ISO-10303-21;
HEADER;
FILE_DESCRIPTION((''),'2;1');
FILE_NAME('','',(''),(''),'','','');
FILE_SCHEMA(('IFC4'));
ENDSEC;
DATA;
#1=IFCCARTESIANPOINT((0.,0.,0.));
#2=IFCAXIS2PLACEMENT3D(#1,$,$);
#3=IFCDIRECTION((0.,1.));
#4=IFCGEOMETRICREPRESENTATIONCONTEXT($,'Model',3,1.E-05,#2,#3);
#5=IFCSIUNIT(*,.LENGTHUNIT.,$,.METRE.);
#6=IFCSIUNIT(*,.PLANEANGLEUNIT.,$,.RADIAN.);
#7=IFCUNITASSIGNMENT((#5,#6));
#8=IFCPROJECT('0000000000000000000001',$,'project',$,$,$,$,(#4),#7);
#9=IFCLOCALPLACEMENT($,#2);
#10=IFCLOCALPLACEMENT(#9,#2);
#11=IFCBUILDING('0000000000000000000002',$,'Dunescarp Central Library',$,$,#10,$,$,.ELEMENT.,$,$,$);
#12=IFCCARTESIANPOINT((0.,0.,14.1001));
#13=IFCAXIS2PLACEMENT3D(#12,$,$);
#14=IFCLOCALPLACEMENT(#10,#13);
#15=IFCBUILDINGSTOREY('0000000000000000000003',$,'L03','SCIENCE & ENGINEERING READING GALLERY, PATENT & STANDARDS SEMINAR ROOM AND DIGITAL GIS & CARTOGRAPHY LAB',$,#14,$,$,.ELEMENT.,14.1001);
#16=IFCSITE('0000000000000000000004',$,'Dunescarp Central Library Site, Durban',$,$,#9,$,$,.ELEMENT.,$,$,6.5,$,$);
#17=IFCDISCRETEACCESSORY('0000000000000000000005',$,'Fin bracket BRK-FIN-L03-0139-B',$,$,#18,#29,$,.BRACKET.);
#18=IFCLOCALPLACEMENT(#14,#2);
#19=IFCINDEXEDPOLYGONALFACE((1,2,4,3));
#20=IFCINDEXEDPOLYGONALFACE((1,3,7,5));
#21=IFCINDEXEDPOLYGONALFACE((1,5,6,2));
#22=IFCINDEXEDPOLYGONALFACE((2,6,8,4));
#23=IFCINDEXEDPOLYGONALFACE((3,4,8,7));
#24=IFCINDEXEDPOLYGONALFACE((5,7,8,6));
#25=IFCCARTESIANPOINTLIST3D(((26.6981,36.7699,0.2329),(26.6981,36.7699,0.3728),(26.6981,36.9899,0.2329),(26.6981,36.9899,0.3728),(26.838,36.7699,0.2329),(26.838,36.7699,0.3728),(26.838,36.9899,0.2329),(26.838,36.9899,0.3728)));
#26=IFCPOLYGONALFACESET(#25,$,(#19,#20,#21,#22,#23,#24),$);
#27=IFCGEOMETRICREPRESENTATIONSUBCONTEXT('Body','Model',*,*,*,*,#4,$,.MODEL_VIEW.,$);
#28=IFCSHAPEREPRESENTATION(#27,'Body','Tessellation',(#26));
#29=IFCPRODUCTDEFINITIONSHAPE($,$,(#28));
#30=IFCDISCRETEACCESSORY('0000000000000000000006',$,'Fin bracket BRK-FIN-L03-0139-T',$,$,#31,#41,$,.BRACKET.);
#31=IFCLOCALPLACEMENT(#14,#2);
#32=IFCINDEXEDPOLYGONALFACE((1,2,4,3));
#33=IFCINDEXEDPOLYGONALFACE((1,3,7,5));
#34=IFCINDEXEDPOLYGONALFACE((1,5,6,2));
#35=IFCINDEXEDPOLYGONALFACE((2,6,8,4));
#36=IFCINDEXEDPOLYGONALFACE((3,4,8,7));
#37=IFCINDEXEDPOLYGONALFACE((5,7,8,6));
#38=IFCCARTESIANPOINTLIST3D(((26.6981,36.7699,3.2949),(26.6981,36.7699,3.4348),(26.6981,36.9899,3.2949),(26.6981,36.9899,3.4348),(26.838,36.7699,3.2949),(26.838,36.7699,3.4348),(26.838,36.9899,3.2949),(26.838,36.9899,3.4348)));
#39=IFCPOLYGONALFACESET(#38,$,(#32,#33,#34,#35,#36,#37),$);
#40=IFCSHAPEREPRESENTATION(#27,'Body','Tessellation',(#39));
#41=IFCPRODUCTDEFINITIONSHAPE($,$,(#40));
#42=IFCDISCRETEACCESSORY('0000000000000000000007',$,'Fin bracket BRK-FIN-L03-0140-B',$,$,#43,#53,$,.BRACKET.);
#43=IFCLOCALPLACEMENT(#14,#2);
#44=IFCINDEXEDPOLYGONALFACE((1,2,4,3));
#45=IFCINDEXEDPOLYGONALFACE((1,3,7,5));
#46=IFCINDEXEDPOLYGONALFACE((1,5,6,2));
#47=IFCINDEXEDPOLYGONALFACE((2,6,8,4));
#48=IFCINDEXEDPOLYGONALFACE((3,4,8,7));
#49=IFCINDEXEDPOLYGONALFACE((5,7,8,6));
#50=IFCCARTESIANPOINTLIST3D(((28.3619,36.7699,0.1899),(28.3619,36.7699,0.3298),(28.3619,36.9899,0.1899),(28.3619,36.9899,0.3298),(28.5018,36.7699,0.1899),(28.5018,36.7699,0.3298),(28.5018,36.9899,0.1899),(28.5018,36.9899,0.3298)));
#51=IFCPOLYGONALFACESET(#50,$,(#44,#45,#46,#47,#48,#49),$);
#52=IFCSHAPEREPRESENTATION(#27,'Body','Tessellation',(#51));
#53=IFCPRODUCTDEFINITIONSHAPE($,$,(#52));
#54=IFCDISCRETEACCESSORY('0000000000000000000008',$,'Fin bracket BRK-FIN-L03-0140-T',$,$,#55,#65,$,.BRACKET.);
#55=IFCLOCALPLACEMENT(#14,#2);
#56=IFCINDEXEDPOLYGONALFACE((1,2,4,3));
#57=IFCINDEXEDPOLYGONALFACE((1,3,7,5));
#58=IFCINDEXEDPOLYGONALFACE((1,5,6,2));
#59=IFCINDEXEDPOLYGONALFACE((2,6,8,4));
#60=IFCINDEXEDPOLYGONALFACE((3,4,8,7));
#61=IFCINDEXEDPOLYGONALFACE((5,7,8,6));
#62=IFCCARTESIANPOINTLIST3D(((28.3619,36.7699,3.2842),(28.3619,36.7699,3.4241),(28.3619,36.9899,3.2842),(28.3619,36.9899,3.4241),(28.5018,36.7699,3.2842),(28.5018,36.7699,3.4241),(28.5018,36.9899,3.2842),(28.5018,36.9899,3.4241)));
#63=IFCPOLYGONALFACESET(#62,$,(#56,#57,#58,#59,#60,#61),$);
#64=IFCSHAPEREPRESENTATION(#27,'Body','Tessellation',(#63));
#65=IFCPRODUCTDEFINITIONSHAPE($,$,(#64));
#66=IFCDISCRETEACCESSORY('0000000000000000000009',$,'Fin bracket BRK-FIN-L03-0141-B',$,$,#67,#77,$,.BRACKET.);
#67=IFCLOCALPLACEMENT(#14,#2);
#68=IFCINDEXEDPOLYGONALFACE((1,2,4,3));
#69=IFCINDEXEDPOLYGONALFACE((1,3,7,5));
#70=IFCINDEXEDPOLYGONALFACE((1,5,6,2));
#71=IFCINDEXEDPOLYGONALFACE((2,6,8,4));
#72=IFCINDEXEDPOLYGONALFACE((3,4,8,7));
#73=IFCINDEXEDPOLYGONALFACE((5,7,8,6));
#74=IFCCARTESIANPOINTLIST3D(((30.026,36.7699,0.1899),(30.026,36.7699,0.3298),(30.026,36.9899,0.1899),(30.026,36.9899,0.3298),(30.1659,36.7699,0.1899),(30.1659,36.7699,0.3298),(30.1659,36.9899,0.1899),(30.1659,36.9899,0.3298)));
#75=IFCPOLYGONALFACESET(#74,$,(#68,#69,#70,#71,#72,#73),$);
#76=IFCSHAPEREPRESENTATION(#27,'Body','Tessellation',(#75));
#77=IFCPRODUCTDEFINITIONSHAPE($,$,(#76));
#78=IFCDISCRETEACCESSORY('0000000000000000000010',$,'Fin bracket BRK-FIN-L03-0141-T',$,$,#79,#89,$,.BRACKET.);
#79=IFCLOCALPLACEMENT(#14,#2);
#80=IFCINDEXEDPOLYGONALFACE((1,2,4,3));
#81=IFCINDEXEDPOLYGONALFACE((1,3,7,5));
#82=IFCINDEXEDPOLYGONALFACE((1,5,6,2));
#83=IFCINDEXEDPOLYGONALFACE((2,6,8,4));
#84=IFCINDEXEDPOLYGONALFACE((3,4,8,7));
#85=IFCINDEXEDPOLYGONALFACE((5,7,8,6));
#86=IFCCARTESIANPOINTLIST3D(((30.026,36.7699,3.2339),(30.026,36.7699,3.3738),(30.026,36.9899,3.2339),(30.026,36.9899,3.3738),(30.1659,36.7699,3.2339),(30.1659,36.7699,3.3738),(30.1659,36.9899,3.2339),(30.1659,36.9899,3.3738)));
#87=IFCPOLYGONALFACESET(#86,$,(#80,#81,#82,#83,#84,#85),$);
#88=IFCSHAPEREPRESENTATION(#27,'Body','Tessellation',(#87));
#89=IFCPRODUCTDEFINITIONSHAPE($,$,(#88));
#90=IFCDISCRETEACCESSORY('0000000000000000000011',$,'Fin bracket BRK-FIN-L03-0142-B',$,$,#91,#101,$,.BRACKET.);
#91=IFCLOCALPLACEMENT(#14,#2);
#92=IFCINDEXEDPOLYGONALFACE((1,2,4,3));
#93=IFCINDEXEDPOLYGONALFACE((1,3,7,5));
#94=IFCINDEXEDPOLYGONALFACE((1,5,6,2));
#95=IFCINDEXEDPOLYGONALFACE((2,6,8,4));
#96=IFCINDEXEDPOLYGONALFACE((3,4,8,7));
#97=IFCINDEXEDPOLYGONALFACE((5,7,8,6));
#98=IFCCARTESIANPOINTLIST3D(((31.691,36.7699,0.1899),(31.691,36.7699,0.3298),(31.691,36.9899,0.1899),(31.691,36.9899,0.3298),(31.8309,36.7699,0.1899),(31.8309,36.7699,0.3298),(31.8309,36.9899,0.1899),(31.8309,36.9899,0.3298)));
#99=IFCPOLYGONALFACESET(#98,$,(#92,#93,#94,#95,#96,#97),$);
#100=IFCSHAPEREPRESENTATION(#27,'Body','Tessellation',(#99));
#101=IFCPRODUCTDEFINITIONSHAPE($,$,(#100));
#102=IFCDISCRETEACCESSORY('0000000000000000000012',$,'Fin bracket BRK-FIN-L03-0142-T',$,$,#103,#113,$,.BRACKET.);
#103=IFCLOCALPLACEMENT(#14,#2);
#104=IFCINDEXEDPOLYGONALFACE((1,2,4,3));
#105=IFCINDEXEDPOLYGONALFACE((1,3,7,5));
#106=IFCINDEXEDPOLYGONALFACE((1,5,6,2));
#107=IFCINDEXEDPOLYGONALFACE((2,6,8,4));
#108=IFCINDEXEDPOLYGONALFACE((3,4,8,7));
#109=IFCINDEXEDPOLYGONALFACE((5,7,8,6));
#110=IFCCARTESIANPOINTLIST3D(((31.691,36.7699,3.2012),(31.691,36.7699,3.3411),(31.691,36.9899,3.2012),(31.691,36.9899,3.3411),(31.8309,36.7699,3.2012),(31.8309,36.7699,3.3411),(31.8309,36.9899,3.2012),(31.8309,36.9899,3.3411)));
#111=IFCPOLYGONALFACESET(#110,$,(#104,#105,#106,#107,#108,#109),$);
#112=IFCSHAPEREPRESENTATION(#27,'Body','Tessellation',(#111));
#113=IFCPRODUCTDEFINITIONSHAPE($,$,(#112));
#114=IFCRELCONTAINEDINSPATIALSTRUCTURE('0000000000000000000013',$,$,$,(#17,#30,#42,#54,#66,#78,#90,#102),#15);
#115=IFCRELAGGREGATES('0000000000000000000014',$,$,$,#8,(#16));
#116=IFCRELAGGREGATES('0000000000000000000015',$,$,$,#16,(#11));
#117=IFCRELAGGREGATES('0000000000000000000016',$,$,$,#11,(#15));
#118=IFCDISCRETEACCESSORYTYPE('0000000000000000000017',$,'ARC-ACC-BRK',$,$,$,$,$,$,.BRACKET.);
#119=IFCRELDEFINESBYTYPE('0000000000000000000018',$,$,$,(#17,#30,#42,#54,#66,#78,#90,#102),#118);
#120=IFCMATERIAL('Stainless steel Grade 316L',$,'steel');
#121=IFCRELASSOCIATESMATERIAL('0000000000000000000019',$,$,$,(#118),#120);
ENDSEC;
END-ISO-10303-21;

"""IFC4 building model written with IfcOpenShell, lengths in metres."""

from ifc_helpers import new_model, si_unit, direction, frame, origin, origin_2d, place, context, subcontext, project, spatial, rectangle, extrude, material, type_object, element, save


model = new_model("IFC4")

# Units and contexts
model_context = context("Model", 3, precision=1e-05, world=origin(), true_north=direction((0.0, 1.0)))
body_context = subcontext(model_context, "Body", "Model", "MODEL_VIEW")
ifc_project = project(units=[si_unit("LENGTHUNIT", "METRE"), si_unit("PLANEANGLEUNIT", "RADIAN")], contexts=[model_context])

# Site, building, storey
site_placement = place(None, origin())
site = spatial("IfcSite", under=ifc_project, at=site_placement, Name="Dunescarp Central Library Site, Durban", CompositionType="ELEMENT", RefElevation=6.5)
building_placement = place(site_placement, origin())
building = spatial("IfcBuilding", under=site, at=building_placement, Name="Dunescarp Central Library", CompositionType="ELEMENT")
storey_placement = place(building_placement, frame((0.0, 0.0, 14.1001)))
storey = spatial("IfcBuildingStorey", under=building, at=storey_placement, Name="L03", Description="SCIENCE & ENGINEERING READING GALLERY, PATENT & STANDARDS SEMINAR ROOM AND DIGITAL GIS & CARTOGRAPHY LAB", CompositionType="ELEMENT", Elevation=14.1001)

# Discrete accessories
ifc_material_1 = material(Name="Stainless steel Grade 316L", Category="steel")
discrete_accessory_type = type_object("IfcDiscreteAccessoryType", Name="ARC-ACC-BRK", PredefinedType="BRACKET", material=ifc_material_1)
for number, where, z_axis, x_axis, name in (
    (1, (26.7681, 36.8799, 0.2329), (0.0, 0.0, 1.0), (0.0, 1.0, 0.0), "Fin bracket BRK-FIN-L03-0139-B"),
    (2, (26.7681, 36.8799, 3.2949), (0.0, 0.0, 1.0), (0.0, 1.0, 0.0), "Fin bracket BRK-FIN-L03-0139-T"),
    (3, (28.4319, 36.8799, 0.1899), (0.0, 0.0, 1.0), (0.0, 1.0, 0.0), "Fin bracket BRK-FIN-L03-0140-B"),
    (4, (28.4319, 36.8799, 3.2842), (0.0, 0.0, 1.0), (0.0, 1.0, 0.0), "Fin bracket BRK-FIN-L03-0140-T"),
    (5, (30.0959, 36.8799, 0.1899), (0.0, 0.0, 1.0), (0.0, 1.0, 0.0), "Fin bracket BRK-FIN-L03-0141-B"),
    (6, (30.0959, 36.8799, 3.2339), (0.0, 0.0, 1.0), (0.0, 1.0, 0.0), "Fin bracket BRK-FIN-L03-0141-T"),
    (7, (31.761, 36.8799, 0.1899), (0.0, 0.0, 1.0), (0.0, 1.0, 0.0), "Fin bracket BRK-FIN-L03-0142-B"),
    (8, (31.761, 36.8799, 3.2012), (0.0, 0.0, 1.0), (0.0, 1.0, 0.0), "Fin bracket BRK-FIN-L03-0142-T"),
):
    element("IfcDiscreteAccessory", number, at=place(storey_placement, frame(where, z_axis=z_axis, x_axis=x_axis)), inside=storey, type_object=discrete_accessory_type, Name=name, PredefinedType="BRACKET", context=body_context, shape_type="SweptSolid", body=[
        extrude(rectangle(XDim=0.22, YDim=0.1399, at=origin_2d()), origin(), (0.0, 0.0, 1.0), 0.1399),
    ])

save(model, "model.ifc")
